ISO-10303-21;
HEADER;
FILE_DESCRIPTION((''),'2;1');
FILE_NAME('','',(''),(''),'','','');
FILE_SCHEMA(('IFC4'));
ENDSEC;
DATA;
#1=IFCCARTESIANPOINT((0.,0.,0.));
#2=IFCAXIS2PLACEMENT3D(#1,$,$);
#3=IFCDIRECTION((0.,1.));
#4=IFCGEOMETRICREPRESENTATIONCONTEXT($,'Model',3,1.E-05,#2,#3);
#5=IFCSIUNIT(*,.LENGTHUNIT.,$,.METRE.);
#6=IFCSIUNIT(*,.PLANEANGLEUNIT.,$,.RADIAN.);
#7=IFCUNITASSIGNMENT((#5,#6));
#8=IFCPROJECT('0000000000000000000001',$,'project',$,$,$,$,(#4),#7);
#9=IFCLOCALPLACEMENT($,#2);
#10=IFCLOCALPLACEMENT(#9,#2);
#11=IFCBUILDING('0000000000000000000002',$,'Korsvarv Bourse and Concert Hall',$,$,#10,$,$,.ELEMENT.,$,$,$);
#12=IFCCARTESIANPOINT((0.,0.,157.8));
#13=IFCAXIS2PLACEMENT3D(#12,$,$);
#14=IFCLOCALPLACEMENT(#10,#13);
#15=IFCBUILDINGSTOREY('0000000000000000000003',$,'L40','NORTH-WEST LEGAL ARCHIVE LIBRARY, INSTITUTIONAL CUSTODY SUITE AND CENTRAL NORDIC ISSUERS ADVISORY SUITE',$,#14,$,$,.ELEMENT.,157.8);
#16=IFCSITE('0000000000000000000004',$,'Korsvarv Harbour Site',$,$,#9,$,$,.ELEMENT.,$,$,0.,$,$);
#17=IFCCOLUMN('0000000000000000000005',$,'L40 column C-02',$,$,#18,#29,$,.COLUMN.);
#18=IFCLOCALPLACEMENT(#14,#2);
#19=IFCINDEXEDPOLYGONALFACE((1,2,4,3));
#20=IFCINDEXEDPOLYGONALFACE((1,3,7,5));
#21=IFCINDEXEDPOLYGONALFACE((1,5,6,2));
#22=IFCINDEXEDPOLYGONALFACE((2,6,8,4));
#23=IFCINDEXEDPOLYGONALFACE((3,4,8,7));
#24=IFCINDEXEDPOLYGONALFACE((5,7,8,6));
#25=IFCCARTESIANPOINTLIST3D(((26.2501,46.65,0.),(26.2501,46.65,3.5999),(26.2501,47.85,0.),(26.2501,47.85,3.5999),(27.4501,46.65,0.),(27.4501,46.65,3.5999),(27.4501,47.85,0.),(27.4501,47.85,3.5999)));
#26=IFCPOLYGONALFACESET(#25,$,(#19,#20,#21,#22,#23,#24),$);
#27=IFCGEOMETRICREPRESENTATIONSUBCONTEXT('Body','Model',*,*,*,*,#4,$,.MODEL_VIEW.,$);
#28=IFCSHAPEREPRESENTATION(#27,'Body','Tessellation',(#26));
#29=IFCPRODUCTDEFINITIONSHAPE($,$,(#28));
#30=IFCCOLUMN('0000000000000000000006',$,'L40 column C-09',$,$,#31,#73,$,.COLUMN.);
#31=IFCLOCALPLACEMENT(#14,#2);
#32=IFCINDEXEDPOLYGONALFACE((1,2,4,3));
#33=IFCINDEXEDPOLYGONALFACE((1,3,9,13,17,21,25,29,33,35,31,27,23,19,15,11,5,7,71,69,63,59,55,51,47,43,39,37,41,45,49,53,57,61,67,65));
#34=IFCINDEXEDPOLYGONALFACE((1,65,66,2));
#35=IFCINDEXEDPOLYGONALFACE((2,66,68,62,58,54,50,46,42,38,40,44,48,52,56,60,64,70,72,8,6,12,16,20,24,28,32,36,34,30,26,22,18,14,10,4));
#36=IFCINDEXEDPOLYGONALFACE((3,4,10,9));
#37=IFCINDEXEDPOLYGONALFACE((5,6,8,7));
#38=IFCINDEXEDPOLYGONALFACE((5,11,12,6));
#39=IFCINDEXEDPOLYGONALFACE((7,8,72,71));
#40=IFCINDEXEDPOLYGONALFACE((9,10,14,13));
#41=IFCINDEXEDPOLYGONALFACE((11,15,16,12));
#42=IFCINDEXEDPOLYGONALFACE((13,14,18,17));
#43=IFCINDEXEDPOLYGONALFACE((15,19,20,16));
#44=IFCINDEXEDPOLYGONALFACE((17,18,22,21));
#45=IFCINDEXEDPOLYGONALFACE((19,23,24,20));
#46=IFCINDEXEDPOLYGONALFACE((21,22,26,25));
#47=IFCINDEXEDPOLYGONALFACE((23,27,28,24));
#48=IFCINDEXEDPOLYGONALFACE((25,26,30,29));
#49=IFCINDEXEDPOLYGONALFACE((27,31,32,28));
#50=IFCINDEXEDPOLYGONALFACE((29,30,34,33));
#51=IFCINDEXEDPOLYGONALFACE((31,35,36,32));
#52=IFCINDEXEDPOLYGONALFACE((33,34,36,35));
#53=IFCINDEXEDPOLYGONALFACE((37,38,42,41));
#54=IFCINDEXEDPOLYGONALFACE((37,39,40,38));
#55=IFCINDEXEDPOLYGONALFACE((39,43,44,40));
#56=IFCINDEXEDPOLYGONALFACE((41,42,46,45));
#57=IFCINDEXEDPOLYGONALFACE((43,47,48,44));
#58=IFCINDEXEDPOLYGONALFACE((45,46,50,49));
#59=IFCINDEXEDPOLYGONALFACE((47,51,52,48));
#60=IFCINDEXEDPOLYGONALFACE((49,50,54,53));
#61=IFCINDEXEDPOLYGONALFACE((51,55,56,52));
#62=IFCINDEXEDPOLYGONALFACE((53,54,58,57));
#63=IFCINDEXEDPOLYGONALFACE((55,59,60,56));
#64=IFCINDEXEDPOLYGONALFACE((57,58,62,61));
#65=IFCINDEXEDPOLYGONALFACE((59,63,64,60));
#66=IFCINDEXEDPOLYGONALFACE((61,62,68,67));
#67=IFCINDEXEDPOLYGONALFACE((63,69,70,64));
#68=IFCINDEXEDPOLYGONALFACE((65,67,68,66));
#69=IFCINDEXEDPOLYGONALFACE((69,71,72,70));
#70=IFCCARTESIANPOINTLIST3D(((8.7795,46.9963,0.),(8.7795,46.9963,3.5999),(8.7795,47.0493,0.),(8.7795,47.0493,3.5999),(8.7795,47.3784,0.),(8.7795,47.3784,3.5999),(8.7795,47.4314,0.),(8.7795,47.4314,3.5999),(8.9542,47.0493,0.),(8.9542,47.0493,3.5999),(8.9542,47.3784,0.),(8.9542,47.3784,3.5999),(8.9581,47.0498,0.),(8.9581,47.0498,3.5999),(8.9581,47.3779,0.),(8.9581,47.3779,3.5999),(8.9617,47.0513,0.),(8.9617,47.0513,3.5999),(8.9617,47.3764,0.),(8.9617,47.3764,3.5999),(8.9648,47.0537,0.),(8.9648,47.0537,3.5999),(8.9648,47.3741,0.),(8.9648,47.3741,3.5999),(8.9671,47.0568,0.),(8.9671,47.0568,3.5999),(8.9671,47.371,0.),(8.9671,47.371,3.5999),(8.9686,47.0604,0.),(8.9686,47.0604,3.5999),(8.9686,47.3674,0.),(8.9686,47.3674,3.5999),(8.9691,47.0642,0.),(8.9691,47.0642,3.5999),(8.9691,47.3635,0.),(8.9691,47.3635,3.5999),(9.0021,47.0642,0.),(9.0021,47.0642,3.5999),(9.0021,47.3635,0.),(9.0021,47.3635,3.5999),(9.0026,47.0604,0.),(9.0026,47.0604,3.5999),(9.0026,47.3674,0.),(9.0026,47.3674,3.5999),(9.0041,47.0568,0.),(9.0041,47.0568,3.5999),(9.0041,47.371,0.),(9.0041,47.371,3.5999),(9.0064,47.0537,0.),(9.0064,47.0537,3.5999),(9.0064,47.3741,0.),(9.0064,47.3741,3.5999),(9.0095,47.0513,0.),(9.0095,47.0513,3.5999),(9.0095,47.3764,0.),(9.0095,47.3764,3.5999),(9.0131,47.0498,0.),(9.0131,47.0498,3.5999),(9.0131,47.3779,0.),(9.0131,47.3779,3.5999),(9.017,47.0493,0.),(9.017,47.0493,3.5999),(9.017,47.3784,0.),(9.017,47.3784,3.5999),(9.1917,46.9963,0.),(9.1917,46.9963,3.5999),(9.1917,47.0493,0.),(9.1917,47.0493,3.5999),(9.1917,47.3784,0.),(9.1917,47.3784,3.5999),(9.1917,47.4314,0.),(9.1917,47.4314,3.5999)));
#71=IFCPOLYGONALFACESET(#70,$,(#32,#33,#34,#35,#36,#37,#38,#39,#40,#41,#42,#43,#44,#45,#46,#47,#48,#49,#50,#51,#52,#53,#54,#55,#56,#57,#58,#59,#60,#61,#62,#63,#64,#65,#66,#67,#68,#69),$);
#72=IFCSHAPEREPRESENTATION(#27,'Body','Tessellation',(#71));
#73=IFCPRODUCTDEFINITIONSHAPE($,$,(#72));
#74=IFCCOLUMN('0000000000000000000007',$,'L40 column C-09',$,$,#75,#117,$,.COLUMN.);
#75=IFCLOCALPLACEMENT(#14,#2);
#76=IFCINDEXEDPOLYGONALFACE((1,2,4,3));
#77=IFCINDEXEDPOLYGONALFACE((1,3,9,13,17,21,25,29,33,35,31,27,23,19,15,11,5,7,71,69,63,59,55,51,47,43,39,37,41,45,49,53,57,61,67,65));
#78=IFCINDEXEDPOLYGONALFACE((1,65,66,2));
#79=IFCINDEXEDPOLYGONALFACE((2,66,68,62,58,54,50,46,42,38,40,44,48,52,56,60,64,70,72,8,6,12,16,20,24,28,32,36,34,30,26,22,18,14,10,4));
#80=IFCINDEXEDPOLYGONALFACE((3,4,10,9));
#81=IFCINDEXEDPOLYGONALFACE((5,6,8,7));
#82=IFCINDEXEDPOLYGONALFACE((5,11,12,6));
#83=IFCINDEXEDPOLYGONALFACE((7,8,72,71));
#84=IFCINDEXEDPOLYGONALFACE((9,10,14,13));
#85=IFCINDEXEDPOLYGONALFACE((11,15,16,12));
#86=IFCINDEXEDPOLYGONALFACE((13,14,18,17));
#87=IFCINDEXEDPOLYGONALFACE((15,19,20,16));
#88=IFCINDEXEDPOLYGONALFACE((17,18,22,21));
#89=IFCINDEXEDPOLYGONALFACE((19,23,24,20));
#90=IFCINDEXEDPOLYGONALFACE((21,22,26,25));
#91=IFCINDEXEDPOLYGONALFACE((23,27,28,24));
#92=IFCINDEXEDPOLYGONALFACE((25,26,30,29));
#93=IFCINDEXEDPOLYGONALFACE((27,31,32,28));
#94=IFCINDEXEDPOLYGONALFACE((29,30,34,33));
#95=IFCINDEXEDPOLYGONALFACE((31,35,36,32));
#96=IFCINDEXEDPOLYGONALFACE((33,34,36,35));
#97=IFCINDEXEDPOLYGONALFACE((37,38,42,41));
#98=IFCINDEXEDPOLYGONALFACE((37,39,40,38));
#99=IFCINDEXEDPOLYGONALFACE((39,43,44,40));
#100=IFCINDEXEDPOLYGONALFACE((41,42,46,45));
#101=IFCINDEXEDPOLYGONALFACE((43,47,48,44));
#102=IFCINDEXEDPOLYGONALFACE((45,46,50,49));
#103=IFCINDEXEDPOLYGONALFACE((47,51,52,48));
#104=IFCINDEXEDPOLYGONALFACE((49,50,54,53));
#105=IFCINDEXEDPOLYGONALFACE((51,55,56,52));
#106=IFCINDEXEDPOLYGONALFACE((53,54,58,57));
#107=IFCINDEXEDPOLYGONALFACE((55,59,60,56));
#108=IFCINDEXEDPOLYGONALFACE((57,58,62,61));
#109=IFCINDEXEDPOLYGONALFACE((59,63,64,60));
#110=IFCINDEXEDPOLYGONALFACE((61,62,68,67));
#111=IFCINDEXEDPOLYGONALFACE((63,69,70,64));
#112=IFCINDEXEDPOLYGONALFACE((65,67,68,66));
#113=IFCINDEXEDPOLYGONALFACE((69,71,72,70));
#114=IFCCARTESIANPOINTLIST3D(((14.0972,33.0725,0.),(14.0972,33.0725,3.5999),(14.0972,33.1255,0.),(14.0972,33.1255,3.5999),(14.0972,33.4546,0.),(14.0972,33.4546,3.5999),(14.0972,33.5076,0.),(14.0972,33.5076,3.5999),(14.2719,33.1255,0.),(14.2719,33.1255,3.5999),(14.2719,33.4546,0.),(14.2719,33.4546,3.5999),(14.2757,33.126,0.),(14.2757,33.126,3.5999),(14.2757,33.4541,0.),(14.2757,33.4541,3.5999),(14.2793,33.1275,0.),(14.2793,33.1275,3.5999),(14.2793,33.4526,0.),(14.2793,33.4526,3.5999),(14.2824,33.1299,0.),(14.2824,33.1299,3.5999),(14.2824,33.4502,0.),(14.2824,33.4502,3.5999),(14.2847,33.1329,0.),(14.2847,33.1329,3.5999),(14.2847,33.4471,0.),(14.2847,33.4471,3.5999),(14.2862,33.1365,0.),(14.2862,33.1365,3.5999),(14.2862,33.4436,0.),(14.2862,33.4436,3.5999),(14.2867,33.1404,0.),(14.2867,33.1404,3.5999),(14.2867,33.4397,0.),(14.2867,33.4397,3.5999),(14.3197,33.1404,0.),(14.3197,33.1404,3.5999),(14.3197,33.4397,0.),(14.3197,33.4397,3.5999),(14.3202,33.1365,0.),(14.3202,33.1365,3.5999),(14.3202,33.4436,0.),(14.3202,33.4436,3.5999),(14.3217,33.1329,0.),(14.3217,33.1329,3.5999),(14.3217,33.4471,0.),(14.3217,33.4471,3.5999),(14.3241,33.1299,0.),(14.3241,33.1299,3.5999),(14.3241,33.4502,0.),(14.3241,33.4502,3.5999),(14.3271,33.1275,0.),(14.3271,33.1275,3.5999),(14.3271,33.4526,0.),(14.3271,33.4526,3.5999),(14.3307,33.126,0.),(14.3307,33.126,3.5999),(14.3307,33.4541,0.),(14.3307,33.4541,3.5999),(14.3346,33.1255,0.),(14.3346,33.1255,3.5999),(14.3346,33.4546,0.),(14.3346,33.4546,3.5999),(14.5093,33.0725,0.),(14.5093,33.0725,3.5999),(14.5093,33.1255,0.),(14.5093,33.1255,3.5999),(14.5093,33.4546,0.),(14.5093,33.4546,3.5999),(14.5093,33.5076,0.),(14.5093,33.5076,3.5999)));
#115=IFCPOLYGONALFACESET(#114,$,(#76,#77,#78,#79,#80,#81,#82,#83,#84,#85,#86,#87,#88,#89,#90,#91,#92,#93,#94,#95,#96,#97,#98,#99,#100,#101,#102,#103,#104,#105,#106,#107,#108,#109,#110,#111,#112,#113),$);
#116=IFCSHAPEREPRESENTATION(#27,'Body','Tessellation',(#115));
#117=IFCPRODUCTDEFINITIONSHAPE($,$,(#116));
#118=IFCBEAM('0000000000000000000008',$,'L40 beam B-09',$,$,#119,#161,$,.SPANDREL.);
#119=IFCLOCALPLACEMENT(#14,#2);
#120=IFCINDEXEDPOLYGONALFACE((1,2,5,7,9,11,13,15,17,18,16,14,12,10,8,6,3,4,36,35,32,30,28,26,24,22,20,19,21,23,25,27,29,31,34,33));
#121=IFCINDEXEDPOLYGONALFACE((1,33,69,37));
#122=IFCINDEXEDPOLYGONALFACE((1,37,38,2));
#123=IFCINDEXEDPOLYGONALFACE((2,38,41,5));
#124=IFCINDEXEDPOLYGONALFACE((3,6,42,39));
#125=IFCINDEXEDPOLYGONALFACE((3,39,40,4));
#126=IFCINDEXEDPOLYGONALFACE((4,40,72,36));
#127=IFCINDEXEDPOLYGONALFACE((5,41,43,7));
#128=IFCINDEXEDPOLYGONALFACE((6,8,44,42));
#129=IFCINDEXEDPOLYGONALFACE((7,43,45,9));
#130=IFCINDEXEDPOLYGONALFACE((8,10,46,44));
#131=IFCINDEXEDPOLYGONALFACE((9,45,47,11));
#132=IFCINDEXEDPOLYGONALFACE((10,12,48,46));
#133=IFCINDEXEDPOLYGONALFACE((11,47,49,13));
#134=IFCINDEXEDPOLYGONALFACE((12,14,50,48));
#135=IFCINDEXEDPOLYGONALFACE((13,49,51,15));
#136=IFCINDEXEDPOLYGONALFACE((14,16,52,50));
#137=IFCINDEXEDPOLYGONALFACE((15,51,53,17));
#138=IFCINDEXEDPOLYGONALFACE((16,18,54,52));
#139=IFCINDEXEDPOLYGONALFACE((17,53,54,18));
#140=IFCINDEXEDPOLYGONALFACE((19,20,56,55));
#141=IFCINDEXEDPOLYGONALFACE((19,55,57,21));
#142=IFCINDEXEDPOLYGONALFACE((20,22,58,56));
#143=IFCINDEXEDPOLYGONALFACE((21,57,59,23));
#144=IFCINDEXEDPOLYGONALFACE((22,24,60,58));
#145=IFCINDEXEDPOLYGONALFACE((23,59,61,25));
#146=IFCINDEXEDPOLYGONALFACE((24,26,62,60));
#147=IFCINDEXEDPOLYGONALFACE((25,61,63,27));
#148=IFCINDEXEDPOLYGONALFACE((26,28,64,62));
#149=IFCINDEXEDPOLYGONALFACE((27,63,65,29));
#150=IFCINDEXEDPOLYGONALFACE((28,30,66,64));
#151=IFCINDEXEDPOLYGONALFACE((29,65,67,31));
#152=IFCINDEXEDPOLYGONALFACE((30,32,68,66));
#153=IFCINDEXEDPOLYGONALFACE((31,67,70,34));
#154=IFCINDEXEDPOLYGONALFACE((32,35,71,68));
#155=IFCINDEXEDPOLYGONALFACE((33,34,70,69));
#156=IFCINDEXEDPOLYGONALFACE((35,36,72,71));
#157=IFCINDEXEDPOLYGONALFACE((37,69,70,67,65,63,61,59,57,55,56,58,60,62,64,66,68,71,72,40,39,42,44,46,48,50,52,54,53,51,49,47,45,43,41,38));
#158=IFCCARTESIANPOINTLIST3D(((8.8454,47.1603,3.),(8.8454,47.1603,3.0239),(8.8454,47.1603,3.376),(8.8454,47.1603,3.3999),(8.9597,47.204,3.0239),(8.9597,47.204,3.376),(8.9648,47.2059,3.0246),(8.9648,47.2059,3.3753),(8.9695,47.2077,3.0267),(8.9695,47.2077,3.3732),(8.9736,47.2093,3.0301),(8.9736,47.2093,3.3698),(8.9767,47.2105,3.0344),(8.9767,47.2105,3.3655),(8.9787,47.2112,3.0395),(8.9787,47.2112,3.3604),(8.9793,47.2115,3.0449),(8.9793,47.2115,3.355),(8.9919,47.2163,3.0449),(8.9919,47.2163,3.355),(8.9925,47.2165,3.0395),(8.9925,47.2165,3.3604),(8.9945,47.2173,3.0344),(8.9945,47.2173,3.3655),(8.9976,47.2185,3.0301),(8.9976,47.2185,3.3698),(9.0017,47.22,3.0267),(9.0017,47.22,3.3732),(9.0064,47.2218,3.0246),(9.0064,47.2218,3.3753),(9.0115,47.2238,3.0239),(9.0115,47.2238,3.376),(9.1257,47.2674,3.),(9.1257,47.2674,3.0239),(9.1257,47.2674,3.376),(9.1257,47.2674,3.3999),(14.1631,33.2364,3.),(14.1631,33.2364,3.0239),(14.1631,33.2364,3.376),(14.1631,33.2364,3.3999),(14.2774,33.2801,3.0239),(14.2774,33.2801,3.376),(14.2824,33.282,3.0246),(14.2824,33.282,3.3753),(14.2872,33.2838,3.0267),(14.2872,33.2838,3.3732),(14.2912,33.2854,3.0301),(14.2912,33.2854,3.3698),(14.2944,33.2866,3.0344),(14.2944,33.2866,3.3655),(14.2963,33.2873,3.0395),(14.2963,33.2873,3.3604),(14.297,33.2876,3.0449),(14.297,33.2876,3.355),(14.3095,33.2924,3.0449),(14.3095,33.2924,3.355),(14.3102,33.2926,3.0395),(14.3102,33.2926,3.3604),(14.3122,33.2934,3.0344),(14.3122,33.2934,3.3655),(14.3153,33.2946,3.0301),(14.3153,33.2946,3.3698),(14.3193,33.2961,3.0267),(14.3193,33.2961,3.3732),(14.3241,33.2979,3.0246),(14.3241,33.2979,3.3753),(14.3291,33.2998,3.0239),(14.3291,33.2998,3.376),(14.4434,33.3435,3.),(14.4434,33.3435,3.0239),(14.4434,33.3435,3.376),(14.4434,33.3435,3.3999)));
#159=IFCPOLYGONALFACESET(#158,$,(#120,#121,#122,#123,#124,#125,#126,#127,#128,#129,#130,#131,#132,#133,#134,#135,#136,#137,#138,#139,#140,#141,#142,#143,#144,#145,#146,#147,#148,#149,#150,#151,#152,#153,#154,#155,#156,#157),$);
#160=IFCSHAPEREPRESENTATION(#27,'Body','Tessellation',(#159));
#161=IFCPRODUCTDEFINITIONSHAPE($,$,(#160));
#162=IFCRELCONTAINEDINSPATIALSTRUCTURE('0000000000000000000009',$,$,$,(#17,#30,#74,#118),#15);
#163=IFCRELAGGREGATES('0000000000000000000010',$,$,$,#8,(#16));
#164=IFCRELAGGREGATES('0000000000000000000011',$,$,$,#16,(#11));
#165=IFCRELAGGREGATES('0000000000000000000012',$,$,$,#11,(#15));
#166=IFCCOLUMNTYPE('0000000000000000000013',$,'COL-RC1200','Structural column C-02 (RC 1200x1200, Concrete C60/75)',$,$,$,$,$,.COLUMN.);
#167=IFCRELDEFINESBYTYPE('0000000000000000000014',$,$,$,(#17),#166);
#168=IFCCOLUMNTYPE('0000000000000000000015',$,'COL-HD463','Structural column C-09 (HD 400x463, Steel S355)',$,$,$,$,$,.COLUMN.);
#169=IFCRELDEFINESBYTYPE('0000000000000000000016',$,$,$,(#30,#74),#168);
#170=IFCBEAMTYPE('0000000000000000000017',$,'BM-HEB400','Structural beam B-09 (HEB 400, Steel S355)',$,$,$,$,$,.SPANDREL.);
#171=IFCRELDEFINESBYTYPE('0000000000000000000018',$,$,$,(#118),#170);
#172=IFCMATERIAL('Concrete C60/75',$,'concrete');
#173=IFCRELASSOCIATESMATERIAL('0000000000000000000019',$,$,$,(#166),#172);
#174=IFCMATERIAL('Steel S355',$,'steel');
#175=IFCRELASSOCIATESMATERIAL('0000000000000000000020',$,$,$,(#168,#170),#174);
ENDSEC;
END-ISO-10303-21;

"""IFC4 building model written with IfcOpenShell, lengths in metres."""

from ifc_helpers import new_model, si_unit, direction, frame, origin, origin_2d, place, context, subcontext, project, spatial, rectangle, i_section, extrude, source, transform, mapped, material, material_profile, profile_set, type_object, element, save


model = new_model("IFC4")

# Units and contexts
model_context = context("Model", 3, precision=1e-05, world=origin(), true_north=direction((0.0, 1.0)))
body_context = subcontext(model_context, "Body", "Model", "MODEL_VIEW")
ifc_project = project(units=[si_unit("LENGTHUNIT", "METRE"), si_unit("PLANEANGLEUNIT", "RADIAN")], contexts=[model_context])

# Site, building, storey
site_placement = place(None, origin())
site = spatial("IfcSite", under=ifc_project, at=site_placement, Name="Korsvarv Harbour Site", CompositionType="ELEMENT", RefElevation=0.0)
building_placement = place(site_placement, origin())
building = spatial("IfcBuilding", under=site, at=building_placement, Name="Korsvarv Bourse and Concert Hall", CompositionType="ELEMENT")
storey_placement = place(building_placement, frame((0.0, 0.0, 157.8)))
storey = spatial("IfcBuildingStorey", under=building, at=storey_placement, Name="L40", Description="NORTH-WEST LEGAL ARCHIVE LIBRARY, INSTITUTIONAL CUSTODY SUITE AND CENTRAL NORDIC ISSUERS ADVISORY SUITE", CompositionType="ELEMENT", Elevation=157.8)

# Columns
ifc_material_1 = material(Name="Concrete C60/75", Category="concrete")
ifc_material_profile_1 = material_profile(ifc_material_1, rectangle(XDim=1.2, YDim=1.2, at=origin_2d()), Name="RC 1200x1200")
ifc_profile_set_1 = profile_set([ifc_material_profile_1], Name="Concrete C60/75")
column_type_1 = type_object("IfcColumnType", Name="COL-RC1200", Description="Structural column C-02 (RC 1200x1200, Concrete C60/75)", PredefinedType="COLUMN", material=ifc_profile_set_1)
shared_shape_1 = source(origin(), body_context, "Body", "SweptSolid", [
    extrude(rectangle(XDim=1.2, YDim=1.2, at=origin_2d()), origin(), (0.0, 0.0, 1.0), 3.5999),
])
column_placement = place(storey_placement, frame((26.8501, 47.25, 0.0), z_axis=(0.0, 0.0, 1.0), x_axis=(1.0, 0.0, 0.0)))
element("IfcColumn", 1, at=column_placement, inside=storey, type_object=column_type_1, Name="L40 column C-02", PredefinedType="COLUMN", context=body_context, shape_type="MappedRepresentation", body=[
    mapped(shared_shape_1, transform((0.0, 0.0, 0.0), scale=1.0)),
])
ifc_material_2 = material(Name="Steel S355", Category="steel")
ifc_material_profile_2 = material_profile(ifc_material_2, i_section(OverallWidth=0.4121, OverallDepth=0.4351, WebThickness=0.033, FlangeThickness=0.053, FilletRadius=0.0149, at=origin_2d()), Name="HD 400x463")
ifc_profile_set_2 = profile_set([ifc_material_profile_2], Name="Steel S355")
column_type_2 = type_object("IfcColumnType", Name="COL-HD463", Description="Structural column C-09 (HD 400x463, Steel S355)", PredefinedType="COLUMN", material=ifc_profile_set_2)
shared_shape_2 = source(origin(), body_context, "Body", "SweptSolid", [
    extrude(i_section(OverallWidth=0.4121, OverallDepth=0.4351, WebThickness=0.033, FlangeThickness=0.053, FilletRadius=0.0149, at=origin_2d()), origin(), (0.0, 0.0, 1.0), 3.5999),
])
for number, where, z_axis, x_axis, name in (
    (2, (8.9856, 47.2139, 0.0), (0.0, 0.0, 1.0), (1.0, 0.0, 0.0), "L40 column C-09"),
    (3, (14.3032, 33.29, 0.0), (0.0, 0.0, 1.0), (1.0, 0.0, 0.0), "L40 column C-09"),
):
    element("IfcColumn", number, at=place(storey_placement, frame(where, z_axis=z_axis, x_axis=x_axis)), inside=storey, type_object=column_type_2, Name=name, PredefinedType="COLUMN", context=body_context, shape_type="MappedRepresentation", body=[
        mapped(shared_shape_2, transform((0.0, 0.0, 0.0), scale=1.0)),
    ])

# Beam
ifc_material_profile_3 = material_profile(ifc_material_2, i_section(OverallWidth=0.3, OverallDepth=0.3999, WebThickness=0.0134, FlangeThickness=0.0239, FilletRadius=0.021, at=origin_2d()), Name="HEB 400")
ifc_profile_set_3 = profile_set([ifc_material_profile_3], Name="Steel S355")
beam_type_1 = type_object("IfcBeamType", Name="BM-HEB400", Description="Structural beam B-09 (HEB 400, Steel S355)", PredefinedType="SPANDREL", material=ifc_profile_set_3)
shared_shape_3 = source(origin(), body_context, "Body", "SweptSolid", [
    extrude(i_section(OverallWidth=0.3, OverallDepth=0.3999, WebThickness=0.0134, FlangeThickness=0.0239, FilletRadius=0.021, at=origin_2d()), origin(), (0.0, 0.0, 1.0), 14.9048),
])
beam_1_placement = place(storey_placement, frame((8.9856, 47.2139, 3.2), z_axis=(0.356775, -0.93419, 0.0), x_axis=(0.93419, 0.356775, 0.0)))
element("IfcBeam", 4, at=beam_1_placement, inside=storey, type_object=beam_type_1, Name="L40 beam B-09", PredefinedType="SPANDREL", context=body_context, shape_type="MappedRepresentation", body=[
    mapped(shared_shape_3, transform((0.0, 0.0, 0.0), scale=1.0)),
])

save(model, "model.ifc")
